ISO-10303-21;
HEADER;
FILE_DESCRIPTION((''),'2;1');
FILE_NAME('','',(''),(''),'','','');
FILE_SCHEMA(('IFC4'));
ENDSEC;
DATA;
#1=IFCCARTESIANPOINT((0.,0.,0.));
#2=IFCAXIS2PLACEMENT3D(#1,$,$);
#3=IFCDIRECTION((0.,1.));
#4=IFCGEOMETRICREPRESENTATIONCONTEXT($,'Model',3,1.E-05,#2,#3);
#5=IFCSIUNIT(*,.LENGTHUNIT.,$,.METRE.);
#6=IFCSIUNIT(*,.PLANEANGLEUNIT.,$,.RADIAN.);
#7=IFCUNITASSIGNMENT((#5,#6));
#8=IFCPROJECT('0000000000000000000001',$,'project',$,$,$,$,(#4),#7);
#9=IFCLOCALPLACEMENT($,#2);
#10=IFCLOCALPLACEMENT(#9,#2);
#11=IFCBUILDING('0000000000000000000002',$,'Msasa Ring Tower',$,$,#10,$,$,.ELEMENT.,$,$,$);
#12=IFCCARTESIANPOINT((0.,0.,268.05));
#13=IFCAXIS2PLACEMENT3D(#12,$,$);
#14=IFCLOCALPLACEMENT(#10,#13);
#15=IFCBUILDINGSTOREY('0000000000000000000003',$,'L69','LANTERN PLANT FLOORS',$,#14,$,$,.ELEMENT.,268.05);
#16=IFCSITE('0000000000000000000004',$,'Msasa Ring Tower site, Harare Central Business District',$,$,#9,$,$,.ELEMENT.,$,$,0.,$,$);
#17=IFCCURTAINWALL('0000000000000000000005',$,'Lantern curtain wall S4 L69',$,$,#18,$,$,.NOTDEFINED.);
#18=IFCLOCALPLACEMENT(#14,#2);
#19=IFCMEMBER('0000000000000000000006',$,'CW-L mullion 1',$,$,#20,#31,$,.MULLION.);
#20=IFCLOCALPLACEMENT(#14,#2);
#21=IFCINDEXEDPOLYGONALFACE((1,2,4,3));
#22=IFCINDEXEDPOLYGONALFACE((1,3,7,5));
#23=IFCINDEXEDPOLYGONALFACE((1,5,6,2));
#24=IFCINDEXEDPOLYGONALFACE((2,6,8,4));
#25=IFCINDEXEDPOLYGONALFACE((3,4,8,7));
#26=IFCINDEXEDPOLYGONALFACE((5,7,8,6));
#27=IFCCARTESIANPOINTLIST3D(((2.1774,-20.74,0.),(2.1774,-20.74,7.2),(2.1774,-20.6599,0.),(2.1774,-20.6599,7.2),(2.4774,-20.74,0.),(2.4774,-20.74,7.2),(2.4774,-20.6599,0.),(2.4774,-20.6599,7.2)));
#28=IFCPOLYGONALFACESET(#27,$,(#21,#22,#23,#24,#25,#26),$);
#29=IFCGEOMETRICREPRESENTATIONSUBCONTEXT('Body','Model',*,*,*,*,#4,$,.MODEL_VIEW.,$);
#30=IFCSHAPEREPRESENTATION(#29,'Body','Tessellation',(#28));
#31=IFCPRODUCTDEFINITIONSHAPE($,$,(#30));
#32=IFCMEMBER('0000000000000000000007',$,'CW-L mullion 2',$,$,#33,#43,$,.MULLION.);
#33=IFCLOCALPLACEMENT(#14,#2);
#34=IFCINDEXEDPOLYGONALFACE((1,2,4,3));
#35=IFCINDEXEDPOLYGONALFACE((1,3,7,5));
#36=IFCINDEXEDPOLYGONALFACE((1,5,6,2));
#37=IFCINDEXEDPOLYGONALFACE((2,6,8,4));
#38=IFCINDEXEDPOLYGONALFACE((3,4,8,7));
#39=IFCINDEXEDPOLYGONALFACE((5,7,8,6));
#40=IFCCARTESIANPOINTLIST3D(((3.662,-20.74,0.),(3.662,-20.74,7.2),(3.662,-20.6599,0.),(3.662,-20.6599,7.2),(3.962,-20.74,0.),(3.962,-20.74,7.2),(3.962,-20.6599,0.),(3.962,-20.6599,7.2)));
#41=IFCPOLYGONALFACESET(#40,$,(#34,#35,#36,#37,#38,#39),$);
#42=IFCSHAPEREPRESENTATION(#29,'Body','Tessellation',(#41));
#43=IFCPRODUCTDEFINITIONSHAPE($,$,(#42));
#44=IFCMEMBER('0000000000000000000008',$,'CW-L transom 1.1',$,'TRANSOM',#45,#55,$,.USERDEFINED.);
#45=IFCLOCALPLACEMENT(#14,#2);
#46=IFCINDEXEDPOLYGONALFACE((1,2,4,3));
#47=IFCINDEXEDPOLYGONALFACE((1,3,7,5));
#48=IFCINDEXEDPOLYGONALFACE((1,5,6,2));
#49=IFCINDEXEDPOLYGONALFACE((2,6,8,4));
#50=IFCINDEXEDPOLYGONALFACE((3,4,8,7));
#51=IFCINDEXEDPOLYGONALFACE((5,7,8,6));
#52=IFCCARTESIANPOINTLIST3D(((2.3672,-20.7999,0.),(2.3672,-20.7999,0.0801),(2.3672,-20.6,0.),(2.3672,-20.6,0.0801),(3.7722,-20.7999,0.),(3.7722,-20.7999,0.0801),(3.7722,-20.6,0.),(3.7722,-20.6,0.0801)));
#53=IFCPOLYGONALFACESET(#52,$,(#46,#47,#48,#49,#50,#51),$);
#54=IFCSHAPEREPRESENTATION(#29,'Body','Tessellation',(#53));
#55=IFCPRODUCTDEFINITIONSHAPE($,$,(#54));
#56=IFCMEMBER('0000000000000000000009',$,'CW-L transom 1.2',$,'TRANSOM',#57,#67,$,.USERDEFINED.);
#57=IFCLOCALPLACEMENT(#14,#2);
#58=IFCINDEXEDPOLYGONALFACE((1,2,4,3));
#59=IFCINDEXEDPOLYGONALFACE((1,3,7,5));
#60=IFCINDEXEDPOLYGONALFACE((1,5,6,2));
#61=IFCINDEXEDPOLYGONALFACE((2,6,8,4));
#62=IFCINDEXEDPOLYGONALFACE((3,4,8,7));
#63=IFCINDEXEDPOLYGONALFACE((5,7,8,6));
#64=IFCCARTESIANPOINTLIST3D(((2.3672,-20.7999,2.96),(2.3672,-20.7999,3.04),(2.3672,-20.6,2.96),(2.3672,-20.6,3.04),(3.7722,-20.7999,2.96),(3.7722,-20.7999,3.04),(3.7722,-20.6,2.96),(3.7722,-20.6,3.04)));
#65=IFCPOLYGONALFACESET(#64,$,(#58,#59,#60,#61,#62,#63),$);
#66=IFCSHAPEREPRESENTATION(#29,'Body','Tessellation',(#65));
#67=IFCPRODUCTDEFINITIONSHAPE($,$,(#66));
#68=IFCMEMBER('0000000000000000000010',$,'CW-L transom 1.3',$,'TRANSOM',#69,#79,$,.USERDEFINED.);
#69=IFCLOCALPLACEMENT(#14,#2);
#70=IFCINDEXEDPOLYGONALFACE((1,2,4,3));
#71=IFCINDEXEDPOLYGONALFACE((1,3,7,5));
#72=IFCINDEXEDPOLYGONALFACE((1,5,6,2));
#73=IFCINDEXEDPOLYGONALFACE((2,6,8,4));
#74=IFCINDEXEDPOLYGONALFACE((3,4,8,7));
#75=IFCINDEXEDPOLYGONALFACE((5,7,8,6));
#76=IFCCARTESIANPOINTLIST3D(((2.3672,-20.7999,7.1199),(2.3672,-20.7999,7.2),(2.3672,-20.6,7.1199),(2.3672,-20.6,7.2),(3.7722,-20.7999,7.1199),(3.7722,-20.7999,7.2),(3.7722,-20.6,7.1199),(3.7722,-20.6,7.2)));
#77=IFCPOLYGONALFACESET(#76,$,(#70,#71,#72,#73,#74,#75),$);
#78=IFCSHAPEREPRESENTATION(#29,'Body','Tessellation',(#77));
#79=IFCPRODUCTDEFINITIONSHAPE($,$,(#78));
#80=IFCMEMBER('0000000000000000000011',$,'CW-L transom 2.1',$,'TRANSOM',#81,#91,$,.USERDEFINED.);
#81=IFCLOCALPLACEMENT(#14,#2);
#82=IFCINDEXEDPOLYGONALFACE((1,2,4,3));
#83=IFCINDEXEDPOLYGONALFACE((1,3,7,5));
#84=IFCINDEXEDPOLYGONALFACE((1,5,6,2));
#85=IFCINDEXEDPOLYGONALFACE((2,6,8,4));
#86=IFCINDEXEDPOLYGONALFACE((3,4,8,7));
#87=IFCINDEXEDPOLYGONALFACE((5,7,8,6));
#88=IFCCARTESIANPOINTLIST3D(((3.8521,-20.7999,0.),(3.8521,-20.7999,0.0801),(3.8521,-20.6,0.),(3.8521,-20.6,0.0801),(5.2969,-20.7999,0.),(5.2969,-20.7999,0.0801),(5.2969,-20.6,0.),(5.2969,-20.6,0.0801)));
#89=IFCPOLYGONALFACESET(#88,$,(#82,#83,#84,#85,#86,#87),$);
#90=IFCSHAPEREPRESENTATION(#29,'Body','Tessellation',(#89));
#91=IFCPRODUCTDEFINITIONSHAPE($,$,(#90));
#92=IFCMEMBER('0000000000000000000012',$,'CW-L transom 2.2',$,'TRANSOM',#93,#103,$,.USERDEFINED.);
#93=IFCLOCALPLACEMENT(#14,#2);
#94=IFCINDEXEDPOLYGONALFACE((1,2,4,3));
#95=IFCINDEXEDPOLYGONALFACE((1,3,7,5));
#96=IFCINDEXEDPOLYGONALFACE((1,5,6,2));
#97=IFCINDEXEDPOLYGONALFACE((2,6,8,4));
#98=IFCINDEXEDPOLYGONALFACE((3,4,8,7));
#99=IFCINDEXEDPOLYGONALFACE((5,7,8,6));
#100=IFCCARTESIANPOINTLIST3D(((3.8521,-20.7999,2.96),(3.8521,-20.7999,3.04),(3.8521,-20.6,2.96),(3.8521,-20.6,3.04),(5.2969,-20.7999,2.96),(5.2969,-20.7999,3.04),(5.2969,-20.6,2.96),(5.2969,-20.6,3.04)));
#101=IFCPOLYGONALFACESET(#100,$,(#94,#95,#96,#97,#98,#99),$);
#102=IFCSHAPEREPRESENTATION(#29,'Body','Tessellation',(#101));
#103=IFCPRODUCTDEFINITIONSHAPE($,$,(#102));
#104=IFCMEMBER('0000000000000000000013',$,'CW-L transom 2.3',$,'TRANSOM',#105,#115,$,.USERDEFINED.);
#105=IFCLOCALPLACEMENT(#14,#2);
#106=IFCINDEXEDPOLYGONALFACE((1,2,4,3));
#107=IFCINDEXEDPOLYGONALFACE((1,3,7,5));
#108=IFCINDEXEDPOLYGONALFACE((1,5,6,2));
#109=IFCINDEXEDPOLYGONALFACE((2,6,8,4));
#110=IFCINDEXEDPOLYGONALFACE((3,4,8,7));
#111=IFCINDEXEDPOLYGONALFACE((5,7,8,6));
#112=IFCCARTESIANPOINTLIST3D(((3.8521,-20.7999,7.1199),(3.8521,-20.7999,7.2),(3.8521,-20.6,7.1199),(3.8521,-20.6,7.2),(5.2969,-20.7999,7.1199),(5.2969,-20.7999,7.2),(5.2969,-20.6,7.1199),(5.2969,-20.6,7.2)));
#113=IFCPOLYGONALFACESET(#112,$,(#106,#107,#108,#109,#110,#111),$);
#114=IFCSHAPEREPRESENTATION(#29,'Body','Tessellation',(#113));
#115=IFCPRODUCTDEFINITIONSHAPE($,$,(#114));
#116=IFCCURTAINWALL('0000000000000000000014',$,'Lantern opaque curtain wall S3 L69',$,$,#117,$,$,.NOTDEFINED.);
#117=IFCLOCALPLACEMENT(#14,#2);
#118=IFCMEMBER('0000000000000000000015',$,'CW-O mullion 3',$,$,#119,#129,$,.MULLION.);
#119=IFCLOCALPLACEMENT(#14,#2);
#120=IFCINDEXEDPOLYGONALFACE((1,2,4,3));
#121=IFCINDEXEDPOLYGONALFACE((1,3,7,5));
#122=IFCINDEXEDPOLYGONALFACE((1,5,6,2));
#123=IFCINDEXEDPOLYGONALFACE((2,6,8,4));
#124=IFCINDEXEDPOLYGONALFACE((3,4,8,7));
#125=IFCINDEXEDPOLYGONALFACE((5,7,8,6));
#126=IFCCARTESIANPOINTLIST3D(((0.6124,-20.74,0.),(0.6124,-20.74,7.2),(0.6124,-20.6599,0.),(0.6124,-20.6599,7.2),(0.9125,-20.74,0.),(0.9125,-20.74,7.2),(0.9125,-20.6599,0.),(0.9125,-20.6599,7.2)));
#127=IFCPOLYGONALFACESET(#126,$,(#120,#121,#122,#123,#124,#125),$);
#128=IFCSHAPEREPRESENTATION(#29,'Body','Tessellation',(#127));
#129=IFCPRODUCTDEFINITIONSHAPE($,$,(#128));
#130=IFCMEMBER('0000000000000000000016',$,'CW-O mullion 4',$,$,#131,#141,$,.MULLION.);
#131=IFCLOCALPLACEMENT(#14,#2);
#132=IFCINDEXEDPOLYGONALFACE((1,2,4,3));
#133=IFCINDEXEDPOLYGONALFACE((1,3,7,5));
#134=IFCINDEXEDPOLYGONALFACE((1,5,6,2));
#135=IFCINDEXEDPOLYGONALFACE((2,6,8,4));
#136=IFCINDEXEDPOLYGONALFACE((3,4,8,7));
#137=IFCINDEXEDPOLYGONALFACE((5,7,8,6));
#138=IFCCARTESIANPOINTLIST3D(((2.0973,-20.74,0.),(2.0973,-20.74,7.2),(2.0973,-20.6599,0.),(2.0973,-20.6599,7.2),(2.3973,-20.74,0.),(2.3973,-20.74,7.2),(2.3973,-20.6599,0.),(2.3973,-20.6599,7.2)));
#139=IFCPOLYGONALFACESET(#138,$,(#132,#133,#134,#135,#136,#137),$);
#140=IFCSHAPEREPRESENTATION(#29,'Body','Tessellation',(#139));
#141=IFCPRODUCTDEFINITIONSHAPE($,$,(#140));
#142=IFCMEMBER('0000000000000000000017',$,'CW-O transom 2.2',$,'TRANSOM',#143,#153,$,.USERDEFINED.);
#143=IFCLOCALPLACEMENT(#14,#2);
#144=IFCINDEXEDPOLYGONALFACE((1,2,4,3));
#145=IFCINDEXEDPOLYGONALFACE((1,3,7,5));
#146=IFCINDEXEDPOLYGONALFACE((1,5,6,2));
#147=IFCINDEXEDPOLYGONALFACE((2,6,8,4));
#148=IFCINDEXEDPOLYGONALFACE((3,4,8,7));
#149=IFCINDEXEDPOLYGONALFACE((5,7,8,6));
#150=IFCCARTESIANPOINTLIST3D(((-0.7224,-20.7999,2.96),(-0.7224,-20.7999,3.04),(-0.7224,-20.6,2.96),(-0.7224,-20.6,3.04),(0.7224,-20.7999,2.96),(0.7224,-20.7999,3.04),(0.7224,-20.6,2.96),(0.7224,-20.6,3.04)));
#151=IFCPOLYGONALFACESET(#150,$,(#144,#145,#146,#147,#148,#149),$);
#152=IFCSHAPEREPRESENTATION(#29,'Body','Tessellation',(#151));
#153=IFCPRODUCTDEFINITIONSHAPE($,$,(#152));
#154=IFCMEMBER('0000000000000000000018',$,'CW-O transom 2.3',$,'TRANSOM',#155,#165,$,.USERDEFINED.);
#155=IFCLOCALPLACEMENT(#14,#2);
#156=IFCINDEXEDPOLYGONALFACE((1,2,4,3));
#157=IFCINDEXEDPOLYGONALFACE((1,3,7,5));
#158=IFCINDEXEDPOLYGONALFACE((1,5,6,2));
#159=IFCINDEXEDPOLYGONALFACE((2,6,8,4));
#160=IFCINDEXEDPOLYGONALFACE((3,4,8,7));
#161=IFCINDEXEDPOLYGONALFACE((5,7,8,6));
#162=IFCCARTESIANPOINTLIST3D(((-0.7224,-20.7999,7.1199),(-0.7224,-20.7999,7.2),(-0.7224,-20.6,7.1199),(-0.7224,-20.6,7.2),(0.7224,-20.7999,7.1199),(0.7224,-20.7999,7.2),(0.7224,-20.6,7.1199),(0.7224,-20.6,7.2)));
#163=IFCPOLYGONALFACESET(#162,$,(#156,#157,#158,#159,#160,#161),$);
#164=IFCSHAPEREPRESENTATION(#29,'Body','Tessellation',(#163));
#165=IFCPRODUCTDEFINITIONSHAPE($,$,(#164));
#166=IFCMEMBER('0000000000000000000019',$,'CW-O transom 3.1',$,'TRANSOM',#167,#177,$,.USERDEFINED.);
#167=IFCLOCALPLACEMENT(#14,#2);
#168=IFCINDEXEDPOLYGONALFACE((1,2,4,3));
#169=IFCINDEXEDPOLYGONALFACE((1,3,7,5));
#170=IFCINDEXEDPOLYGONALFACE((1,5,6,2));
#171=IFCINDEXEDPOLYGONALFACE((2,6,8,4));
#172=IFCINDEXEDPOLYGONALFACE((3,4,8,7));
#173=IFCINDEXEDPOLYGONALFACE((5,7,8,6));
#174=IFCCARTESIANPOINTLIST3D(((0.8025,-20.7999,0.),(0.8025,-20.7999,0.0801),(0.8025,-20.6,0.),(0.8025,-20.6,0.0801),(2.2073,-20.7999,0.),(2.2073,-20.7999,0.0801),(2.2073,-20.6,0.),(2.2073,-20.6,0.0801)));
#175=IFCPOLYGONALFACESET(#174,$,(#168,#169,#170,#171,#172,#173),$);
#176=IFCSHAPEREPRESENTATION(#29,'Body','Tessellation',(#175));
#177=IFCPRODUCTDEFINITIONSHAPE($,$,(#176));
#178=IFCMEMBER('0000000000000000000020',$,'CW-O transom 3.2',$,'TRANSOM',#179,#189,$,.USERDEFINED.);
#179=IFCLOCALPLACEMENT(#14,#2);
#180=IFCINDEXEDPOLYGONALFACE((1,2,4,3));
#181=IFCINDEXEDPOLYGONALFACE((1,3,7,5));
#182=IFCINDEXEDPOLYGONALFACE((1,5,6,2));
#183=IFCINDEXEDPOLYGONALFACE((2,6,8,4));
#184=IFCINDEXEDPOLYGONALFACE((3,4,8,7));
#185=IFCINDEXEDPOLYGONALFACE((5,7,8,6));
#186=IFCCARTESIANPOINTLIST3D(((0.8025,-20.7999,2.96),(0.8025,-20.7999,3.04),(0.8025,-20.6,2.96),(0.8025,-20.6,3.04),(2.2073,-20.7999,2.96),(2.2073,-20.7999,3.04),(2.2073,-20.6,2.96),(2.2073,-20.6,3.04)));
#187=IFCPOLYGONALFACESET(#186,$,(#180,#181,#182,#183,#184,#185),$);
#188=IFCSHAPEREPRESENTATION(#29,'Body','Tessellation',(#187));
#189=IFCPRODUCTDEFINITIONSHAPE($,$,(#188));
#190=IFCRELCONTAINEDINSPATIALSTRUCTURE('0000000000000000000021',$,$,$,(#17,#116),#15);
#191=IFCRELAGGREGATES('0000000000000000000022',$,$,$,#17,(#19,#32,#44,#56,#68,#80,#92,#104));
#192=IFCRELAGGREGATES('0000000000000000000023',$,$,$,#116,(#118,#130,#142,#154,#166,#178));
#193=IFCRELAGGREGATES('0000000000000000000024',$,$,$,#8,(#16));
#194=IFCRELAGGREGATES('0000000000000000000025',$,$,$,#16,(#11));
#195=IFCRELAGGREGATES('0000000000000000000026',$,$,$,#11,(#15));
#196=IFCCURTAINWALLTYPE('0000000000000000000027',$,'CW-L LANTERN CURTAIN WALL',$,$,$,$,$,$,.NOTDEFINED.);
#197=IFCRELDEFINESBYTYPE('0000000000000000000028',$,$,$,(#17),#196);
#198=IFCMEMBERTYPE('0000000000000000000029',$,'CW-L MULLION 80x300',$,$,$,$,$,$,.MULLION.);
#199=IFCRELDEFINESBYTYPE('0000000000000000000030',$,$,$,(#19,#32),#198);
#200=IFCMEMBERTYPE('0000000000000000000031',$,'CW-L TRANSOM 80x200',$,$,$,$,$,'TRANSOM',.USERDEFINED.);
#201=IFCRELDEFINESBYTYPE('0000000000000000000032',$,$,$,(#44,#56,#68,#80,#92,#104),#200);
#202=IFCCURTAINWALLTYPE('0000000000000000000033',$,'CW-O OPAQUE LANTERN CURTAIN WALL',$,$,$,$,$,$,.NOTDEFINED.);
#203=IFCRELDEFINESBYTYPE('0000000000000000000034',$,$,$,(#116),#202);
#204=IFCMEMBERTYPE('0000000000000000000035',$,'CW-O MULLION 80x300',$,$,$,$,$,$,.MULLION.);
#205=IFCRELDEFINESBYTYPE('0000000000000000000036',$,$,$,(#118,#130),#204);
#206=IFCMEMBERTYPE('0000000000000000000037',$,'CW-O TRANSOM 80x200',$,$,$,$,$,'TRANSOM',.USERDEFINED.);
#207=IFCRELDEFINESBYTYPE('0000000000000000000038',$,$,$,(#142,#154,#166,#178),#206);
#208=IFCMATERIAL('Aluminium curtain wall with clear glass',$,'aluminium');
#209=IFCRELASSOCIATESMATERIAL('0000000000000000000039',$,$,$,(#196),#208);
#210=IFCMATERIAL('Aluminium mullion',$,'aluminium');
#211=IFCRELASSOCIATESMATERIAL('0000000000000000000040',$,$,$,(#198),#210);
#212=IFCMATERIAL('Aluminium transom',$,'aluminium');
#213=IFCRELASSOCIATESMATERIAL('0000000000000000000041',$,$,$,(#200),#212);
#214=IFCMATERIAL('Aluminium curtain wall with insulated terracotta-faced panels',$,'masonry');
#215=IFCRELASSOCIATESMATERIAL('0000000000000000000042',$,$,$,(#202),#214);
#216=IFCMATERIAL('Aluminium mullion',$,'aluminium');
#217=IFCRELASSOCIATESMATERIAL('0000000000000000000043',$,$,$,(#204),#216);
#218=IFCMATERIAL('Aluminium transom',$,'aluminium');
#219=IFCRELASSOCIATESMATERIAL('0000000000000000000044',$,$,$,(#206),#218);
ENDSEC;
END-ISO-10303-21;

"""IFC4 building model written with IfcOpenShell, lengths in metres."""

from ifc_helpers import new_model, si_unit, direction, frame, origin, origin_2d, place, context, subcontext, project, spatial, rectangle, extrude, material, material_profile, profile_set, type_object, element, aggregate, save


model = new_model("IFC4")

# Units and contexts
model_context = context("Model", 3, precision=1e-05, world=origin(), true_north=direction((0.0, 1.0)))
body_context = subcontext(model_context, "Body", "Model", "MODEL_VIEW")
ifc_project = project(units=[si_unit("LENGTHUNIT", "METRE"), si_unit("PLANEANGLEUNIT", "RADIAN")], contexts=[model_context])

# Site, building, storey
site_placement = place(None, origin())
site = spatial("IfcSite", under=ifc_project, at=site_placement, Name="Msasa Ring Tower site, Harare Central Business District", CompositionType="ELEMENT", RefElevation=0.0)
building_placement = place(site_placement, origin())
building = spatial("IfcBuilding", under=site, at=building_placement, Name="Msasa Ring Tower", CompositionType="ELEMENT")
storey_placement = place(building_placement, frame((0.0, 0.0, 268.05)))
storey = spatial("IfcBuildingStorey", under=building, at=storey_placement, Name="L69", Description="LANTERN PLANT FLOORS", CompositionType="ELEMENT", Elevation=268.05)

# Curtain walls, members
ifc_material_1 = material(Name="Aluminium curtain wall with clear glass", Category="aluminium")
curtain_wall_type_1 = type_object("IfcCurtainWallType", Name="CW-L LANTERN CURTAIN WALL", PredefinedType="NOTDEFINED", material=ifc_material_1)
curtain_wall_1_placement = place(storey_placement, origin())
curtain_wall_1 = element("IfcCurtainWall", 1, at=curtain_wall_1_placement, inside=storey, type_object=curtain_wall_type_1, Name="Lantern curtain wall S4 L69", PredefinedType="NOTDEFINED")
ifc_material_2 = material(Name="Aluminium mullion", Category="aluminium")
ifc_material_profile_1 = material_profile(ifc_material_2, rectangle(XDim=0.0801, YDim=0.3, at=origin_2d()), Name="AL 80x300")
ifc_profile_set_1 = profile_set([ifc_material_profile_1], Name="Aluminium mullion")
member_type_1 = type_object("IfcMemberType", Name="CW-L MULLION 80x300", PredefinedType="MULLION", material=ifc_profile_set_1)
member_1_placement = place(storey_placement, frame((2.3274, -20.7, 0.0), z_axis=(0.0, 0.0, 1.0), x_axis=(0.0, 1.0, 0.0)))
member_1 = element("IfcMember", 2, at=member_1_placement, type_object=member_type_1, Name="CW-L mullion 1", PredefinedType="MULLION", context=body_context, shape_type="SweptSolid", body=[
    extrude(rectangle(XDim=0.0801, YDim=0.3, at=origin_2d()), origin(), (0.0, 0.0, 1.0), 7.2),
])
member_2_placement = place(storey_placement, frame((3.812, -20.7, 0.0), z_axis=(0.0, 0.0, 1.0), x_axis=(0.0, 1.0, 0.0)))
member_2 = element("IfcMember", 3, at=member_2_placement, type_object=member_type_1, Name="CW-L mullion 2", PredefinedType="MULLION", context=body_context, shape_type="SweptSolid", body=[
    extrude(rectangle(XDim=0.0801, YDim=0.3, at=origin_2d()), origin(), (0.0, 0.0, 1.0), 7.2),
])
ifc_material_3 = material(Name="Aluminium transom", Category="aluminium")
ifc_material_profile_2 = material_profile(ifc_material_3, rectangle(XDim=0.2, YDim=0.0801, at=origin_2d()), Name="AL 80x200")
ifc_profile_set_2 = profile_set([ifc_material_profile_2], Name="Aluminium transom")
member_type_2 = type_object("IfcMemberType", Name="CW-L TRANSOM 80x200", ElementType="TRANSOM", PredefinedType="USERDEFINED", material=ifc_profile_set_2)
member_3_placement = place(storey_placement, frame((2.3672, -20.7, 0.04), z_axis=(1.0, 0.0, 0.0), x_axis=(0.0, 1.0, 0.0)))
member_3 = element("IfcMember", 4, at=member_3_placement, type_object=member_type_2, Name="CW-L transom 1.1", ObjectType="TRANSOM", PredefinedType="USERDEFINED", context=body_context, shape_type="SweptSolid", body=[
    extrude(rectangle(XDim=0.2, YDim=0.0801, at=origin_2d()), origin(), (0.0, 0.0, 1.0), 1.405),
])
member_4_placement = place(storey_placement, frame((2.3672, -20.7, 3.0), z_axis=(1.0, 0.0, 0.0), x_axis=(0.0, 1.0, 0.0)))
member_4 = element("IfcMember", 5, at=member_4_placement, type_object=member_type_2, Name="CW-L transom 1.2", ObjectType="TRANSOM", PredefinedType="USERDEFINED", context=body_context, shape_type="SweptSolid", body=[
    extrude(rectangle(XDim=0.2, YDim=0.0801, at=origin_2d()), origin(), (0.0, 0.0, 1.0), 1.405),
])
member_5_placement = place(storey_placement, frame((2.3672, -20.7, 7.1599), z_axis=(1.0, 0.0, 0.0), x_axis=(0.0, 1.0, 0.0)))
member_5 = element("IfcMember", 6, at=member_5_placement, type_object=member_type_2, Name="CW-L transom 1.3", ObjectType="TRANSOM", PredefinedType="USERDEFINED", context=body_context, shape_type="SweptSolid", body=[
    extrude(rectangle(XDim=0.2, YDim=0.0801, at=origin_2d()), origin(), (0.0, 0.0, 1.0), 1.405),
])
member_6_placement = place(storey_placement, frame((3.8521, -20.7, 0.04), z_axis=(1.0, 0.0, 0.0), x_axis=(0.0, 1.0, 0.0)))
member_6 = element("IfcMember", 7, at=member_6_placement, type_object=member_type_2, Name="CW-L transom 2.1", ObjectType="TRANSOM", PredefinedType="USERDEFINED", context=body_context, shape_type="SweptSolid", body=[
    extrude(rectangle(XDim=0.2, YDim=0.0801, at=origin_2d()), origin(), (0.0, 0.0, 1.0), 1.4448),
])
member_7_placement = place(storey_placement, frame((3.8521, -20.7, 3.0), z_axis=(1.0, 0.0, 0.0), x_axis=(0.0, 1.0, 0.0)))
member_7 = element("IfcMember", 8, at=member_7_placement, type_object=member_type_2, Name="CW-L transom 2.2", ObjectType="TRANSOM", PredefinedType="USERDEFINED", context=body_context, shape_type="SweptSolid", body=[
    extrude(rectangle(XDim=0.2, YDim=0.0801, at=origin_2d()), origin(), (0.0, 0.0, 1.0), 1.4448),
])
member_8_placement = place(storey_placement, frame((3.8521, -20.7, 7.1599), z_axis=(1.0, 0.0, 0.0), x_axis=(0.0, 1.0, 0.0)))
member_8 = element("IfcMember", 9, at=member_8_placement, type_object=member_type_2, Name="CW-L transom 2.3", ObjectType="TRANSOM", PredefinedType="USERDEFINED", context=body_context, shape_type="SweptSolid", body=[
    extrude(rectangle(XDim=0.2, YDim=0.0801, at=origin_2d()), origin(), (0.0, 0.0, 1.0), 1.4448),
])
ifc_material_4 = material(Name="Aluminium curtain wall with insulated terracotta-faced panels", Category="masonry")
curtain_wall_type_2 = type_object("IfcCurtainWallType", Name="CW-O OPAQUE LANTERN CURTAIN WALL", PredefinedType="NOTDEFINED", material=ifc_material_4)
curtain_wall_2_placement = place(storey_placement, origin())
curtain_wall_2 = element("IfcCurtainWall", 10, at=curtain_wall_2_placement, inside=storey, type_object=curtain_wall_type_2, Name="Lantern opaque curtain wall S3 L69", PredefinedType="NOTDEFINED")
ifc_material_5 = material(Name="Aluminium mullion", Category="aluminium")
ifc_material_profile_3 = material_profile(ifc_material_5, rectangle(XDim=0.0801, YDim=0.3, at=origin_2d()), Name="AL 80x300")
ifc_profile_set_3 = profile_set([ifc_material_profile_3], Name="Aluminium mullion")
member_type_3 = type_object("IfcMemberType", Name="CW-O MULLION 80x300", PredefinedType="MULLION", material=ifc_profile_set_3)
member_9_placement = place(storey_placement, frame((0.7625, -20.7, 0.0), z_axis=(0.0, 0.0, 1.0), x_axis=(0.0, 1.0, 0.0)))
member_9 = element("IfcMember", 11, at=member_9_placement, type_object=member_type_3, Name="CW-O mullion 3", PredefinedType="MULLION", context=body_context, shape_type="SweptSolid", body=[
    extrude(rectangle(XDim=0.0801, YDim=0.3, at=origin_2d()), origin(), (0.0, 0.0, 1.0), 7.2),
])
member_10_placement = place(storey_placement, frame((2.2473, -20.7, 0.0), z_axis=(0.0, 0.0, 1.0), x_axis=(0.0, 1.0, 0.0)))
member_10 = element("IfcMember", 12, at=member_10_placement, type_object=member_type_3, Name="CW-O mullion 4", PredefinedType="MULLION", context=body_context, shape_type="SweptSolid", body=[
    extrude(rectangle(XDim=0.0801, YDim=0.3, at=origin_2d()), origin(), (0.0, 0.0, 1.0), 7.2),
])
ifc_material_6 = material(Name="Aluminium transom", Category="aluminium")
ifc_material_profile_4 = material_profile(ifc_material_6, rectangle(XDim=0.2, YDim=0.0801, at=origin_2d()), Name="AL 80x200")
ifc_profile_set_4 = profile_set([ifc_material_profile_4], Name="Aluminium transom")
member_type_4 = type_object("IfcMemberType", Name="CW-O TRANSOM 80x200", ElementType="TRANSOM", PredefinedType="USERDEFINED", material=ifc_profile_set_4)
member_11_placement = place(storey_placement, frame((-0.7224, -20.7, 3.0), z_axis=(1.0, 0.0, 0.0), x_axis=(0.0, 1.0, 0.0)))
member_11 = element("IfcMember", 13, at=member_11_placement, type_object=member_type_4, Name="CW-O transom 2.2", ObjectType="TRANSOM", PredefinedType="USERDEFINED", context=body_context, shape_type="SweptSolid", body=[
    extrude(rectangle(XDim=0.2, YDim=0.0801, at=origin_2d()), origin(), (0.0, 0.0, 1.0), 1.4448),
])
member_12_placement = place(storey_placement, frame((-0.7224, -20.7, 7.1599), z_axis=(1.0, 0.0, 0.0), x_axis=(0.0, 1.0, 0.0)))
member_12 = element("IfcMember", 14, at=member_12_placement, type_object=member_type_4, Name="CW-O transom 2.3", ObjectType="TRANSOM", PredefinedType="USERDEFINED", context=body_context, shape_type="SweptSolid", body=[
    extrude(rectangle(XDim=0.2, YDim=0.0801, at=origin_2d()), origin(), (0.0, 0.0, 1.0), 1.4448),
])
member_13_placement = place(storey_placement, frame((0.8025, -20.7, 0.04), z_axis=(1.0, 0.0, 0.0), x_axis=(0.0, 1.0, 0.0)))
member_13 = element("IfcMember", 15, at=member_13_placement, type_object=member_type_4, Name="CW-O transom 3.1", ObjectType="TRANSOM", PredefinedType="USERDEFINED", context=body_context, shape_type="SweptSolid", body=[
    extrude(rectangle(XDim=0.2, YDim=0.0801, at=origin_2d()), origin(), (0.0, 0.0, 1.0), 1.4048),
])
member_14_placement = place(storey_placement, frame((0.8025, -20.7, 3.0), z_axis=(1.0, 0.0, 0.0), x_axis=(0.0, 1.0, 0.0)))
member_14 = element("IfcMember", 16, at=member_14_placement, type_object=member_type_4, Name="CW-O transom 3.2", ObjectType="TRANSOM", PredefinedType="USERDEFINED", context=body_context, shape_type="SweptSolid", body=[
    extrude(rectangle(XDim=0.2, YDim=0.0801, at=origin_2d()), origin(), (0.0, 0.0, 1.0), 1.4048),
])

aggregate(curtain_wall_1, [member_1, member_2, member_3, member_4, member_5, member_6, member_7, member_8])
aggregate(curtain_wall_2, [member_9, member_10, member_11, member_12, member_13, member_14])

save(model, "model.ifc")
